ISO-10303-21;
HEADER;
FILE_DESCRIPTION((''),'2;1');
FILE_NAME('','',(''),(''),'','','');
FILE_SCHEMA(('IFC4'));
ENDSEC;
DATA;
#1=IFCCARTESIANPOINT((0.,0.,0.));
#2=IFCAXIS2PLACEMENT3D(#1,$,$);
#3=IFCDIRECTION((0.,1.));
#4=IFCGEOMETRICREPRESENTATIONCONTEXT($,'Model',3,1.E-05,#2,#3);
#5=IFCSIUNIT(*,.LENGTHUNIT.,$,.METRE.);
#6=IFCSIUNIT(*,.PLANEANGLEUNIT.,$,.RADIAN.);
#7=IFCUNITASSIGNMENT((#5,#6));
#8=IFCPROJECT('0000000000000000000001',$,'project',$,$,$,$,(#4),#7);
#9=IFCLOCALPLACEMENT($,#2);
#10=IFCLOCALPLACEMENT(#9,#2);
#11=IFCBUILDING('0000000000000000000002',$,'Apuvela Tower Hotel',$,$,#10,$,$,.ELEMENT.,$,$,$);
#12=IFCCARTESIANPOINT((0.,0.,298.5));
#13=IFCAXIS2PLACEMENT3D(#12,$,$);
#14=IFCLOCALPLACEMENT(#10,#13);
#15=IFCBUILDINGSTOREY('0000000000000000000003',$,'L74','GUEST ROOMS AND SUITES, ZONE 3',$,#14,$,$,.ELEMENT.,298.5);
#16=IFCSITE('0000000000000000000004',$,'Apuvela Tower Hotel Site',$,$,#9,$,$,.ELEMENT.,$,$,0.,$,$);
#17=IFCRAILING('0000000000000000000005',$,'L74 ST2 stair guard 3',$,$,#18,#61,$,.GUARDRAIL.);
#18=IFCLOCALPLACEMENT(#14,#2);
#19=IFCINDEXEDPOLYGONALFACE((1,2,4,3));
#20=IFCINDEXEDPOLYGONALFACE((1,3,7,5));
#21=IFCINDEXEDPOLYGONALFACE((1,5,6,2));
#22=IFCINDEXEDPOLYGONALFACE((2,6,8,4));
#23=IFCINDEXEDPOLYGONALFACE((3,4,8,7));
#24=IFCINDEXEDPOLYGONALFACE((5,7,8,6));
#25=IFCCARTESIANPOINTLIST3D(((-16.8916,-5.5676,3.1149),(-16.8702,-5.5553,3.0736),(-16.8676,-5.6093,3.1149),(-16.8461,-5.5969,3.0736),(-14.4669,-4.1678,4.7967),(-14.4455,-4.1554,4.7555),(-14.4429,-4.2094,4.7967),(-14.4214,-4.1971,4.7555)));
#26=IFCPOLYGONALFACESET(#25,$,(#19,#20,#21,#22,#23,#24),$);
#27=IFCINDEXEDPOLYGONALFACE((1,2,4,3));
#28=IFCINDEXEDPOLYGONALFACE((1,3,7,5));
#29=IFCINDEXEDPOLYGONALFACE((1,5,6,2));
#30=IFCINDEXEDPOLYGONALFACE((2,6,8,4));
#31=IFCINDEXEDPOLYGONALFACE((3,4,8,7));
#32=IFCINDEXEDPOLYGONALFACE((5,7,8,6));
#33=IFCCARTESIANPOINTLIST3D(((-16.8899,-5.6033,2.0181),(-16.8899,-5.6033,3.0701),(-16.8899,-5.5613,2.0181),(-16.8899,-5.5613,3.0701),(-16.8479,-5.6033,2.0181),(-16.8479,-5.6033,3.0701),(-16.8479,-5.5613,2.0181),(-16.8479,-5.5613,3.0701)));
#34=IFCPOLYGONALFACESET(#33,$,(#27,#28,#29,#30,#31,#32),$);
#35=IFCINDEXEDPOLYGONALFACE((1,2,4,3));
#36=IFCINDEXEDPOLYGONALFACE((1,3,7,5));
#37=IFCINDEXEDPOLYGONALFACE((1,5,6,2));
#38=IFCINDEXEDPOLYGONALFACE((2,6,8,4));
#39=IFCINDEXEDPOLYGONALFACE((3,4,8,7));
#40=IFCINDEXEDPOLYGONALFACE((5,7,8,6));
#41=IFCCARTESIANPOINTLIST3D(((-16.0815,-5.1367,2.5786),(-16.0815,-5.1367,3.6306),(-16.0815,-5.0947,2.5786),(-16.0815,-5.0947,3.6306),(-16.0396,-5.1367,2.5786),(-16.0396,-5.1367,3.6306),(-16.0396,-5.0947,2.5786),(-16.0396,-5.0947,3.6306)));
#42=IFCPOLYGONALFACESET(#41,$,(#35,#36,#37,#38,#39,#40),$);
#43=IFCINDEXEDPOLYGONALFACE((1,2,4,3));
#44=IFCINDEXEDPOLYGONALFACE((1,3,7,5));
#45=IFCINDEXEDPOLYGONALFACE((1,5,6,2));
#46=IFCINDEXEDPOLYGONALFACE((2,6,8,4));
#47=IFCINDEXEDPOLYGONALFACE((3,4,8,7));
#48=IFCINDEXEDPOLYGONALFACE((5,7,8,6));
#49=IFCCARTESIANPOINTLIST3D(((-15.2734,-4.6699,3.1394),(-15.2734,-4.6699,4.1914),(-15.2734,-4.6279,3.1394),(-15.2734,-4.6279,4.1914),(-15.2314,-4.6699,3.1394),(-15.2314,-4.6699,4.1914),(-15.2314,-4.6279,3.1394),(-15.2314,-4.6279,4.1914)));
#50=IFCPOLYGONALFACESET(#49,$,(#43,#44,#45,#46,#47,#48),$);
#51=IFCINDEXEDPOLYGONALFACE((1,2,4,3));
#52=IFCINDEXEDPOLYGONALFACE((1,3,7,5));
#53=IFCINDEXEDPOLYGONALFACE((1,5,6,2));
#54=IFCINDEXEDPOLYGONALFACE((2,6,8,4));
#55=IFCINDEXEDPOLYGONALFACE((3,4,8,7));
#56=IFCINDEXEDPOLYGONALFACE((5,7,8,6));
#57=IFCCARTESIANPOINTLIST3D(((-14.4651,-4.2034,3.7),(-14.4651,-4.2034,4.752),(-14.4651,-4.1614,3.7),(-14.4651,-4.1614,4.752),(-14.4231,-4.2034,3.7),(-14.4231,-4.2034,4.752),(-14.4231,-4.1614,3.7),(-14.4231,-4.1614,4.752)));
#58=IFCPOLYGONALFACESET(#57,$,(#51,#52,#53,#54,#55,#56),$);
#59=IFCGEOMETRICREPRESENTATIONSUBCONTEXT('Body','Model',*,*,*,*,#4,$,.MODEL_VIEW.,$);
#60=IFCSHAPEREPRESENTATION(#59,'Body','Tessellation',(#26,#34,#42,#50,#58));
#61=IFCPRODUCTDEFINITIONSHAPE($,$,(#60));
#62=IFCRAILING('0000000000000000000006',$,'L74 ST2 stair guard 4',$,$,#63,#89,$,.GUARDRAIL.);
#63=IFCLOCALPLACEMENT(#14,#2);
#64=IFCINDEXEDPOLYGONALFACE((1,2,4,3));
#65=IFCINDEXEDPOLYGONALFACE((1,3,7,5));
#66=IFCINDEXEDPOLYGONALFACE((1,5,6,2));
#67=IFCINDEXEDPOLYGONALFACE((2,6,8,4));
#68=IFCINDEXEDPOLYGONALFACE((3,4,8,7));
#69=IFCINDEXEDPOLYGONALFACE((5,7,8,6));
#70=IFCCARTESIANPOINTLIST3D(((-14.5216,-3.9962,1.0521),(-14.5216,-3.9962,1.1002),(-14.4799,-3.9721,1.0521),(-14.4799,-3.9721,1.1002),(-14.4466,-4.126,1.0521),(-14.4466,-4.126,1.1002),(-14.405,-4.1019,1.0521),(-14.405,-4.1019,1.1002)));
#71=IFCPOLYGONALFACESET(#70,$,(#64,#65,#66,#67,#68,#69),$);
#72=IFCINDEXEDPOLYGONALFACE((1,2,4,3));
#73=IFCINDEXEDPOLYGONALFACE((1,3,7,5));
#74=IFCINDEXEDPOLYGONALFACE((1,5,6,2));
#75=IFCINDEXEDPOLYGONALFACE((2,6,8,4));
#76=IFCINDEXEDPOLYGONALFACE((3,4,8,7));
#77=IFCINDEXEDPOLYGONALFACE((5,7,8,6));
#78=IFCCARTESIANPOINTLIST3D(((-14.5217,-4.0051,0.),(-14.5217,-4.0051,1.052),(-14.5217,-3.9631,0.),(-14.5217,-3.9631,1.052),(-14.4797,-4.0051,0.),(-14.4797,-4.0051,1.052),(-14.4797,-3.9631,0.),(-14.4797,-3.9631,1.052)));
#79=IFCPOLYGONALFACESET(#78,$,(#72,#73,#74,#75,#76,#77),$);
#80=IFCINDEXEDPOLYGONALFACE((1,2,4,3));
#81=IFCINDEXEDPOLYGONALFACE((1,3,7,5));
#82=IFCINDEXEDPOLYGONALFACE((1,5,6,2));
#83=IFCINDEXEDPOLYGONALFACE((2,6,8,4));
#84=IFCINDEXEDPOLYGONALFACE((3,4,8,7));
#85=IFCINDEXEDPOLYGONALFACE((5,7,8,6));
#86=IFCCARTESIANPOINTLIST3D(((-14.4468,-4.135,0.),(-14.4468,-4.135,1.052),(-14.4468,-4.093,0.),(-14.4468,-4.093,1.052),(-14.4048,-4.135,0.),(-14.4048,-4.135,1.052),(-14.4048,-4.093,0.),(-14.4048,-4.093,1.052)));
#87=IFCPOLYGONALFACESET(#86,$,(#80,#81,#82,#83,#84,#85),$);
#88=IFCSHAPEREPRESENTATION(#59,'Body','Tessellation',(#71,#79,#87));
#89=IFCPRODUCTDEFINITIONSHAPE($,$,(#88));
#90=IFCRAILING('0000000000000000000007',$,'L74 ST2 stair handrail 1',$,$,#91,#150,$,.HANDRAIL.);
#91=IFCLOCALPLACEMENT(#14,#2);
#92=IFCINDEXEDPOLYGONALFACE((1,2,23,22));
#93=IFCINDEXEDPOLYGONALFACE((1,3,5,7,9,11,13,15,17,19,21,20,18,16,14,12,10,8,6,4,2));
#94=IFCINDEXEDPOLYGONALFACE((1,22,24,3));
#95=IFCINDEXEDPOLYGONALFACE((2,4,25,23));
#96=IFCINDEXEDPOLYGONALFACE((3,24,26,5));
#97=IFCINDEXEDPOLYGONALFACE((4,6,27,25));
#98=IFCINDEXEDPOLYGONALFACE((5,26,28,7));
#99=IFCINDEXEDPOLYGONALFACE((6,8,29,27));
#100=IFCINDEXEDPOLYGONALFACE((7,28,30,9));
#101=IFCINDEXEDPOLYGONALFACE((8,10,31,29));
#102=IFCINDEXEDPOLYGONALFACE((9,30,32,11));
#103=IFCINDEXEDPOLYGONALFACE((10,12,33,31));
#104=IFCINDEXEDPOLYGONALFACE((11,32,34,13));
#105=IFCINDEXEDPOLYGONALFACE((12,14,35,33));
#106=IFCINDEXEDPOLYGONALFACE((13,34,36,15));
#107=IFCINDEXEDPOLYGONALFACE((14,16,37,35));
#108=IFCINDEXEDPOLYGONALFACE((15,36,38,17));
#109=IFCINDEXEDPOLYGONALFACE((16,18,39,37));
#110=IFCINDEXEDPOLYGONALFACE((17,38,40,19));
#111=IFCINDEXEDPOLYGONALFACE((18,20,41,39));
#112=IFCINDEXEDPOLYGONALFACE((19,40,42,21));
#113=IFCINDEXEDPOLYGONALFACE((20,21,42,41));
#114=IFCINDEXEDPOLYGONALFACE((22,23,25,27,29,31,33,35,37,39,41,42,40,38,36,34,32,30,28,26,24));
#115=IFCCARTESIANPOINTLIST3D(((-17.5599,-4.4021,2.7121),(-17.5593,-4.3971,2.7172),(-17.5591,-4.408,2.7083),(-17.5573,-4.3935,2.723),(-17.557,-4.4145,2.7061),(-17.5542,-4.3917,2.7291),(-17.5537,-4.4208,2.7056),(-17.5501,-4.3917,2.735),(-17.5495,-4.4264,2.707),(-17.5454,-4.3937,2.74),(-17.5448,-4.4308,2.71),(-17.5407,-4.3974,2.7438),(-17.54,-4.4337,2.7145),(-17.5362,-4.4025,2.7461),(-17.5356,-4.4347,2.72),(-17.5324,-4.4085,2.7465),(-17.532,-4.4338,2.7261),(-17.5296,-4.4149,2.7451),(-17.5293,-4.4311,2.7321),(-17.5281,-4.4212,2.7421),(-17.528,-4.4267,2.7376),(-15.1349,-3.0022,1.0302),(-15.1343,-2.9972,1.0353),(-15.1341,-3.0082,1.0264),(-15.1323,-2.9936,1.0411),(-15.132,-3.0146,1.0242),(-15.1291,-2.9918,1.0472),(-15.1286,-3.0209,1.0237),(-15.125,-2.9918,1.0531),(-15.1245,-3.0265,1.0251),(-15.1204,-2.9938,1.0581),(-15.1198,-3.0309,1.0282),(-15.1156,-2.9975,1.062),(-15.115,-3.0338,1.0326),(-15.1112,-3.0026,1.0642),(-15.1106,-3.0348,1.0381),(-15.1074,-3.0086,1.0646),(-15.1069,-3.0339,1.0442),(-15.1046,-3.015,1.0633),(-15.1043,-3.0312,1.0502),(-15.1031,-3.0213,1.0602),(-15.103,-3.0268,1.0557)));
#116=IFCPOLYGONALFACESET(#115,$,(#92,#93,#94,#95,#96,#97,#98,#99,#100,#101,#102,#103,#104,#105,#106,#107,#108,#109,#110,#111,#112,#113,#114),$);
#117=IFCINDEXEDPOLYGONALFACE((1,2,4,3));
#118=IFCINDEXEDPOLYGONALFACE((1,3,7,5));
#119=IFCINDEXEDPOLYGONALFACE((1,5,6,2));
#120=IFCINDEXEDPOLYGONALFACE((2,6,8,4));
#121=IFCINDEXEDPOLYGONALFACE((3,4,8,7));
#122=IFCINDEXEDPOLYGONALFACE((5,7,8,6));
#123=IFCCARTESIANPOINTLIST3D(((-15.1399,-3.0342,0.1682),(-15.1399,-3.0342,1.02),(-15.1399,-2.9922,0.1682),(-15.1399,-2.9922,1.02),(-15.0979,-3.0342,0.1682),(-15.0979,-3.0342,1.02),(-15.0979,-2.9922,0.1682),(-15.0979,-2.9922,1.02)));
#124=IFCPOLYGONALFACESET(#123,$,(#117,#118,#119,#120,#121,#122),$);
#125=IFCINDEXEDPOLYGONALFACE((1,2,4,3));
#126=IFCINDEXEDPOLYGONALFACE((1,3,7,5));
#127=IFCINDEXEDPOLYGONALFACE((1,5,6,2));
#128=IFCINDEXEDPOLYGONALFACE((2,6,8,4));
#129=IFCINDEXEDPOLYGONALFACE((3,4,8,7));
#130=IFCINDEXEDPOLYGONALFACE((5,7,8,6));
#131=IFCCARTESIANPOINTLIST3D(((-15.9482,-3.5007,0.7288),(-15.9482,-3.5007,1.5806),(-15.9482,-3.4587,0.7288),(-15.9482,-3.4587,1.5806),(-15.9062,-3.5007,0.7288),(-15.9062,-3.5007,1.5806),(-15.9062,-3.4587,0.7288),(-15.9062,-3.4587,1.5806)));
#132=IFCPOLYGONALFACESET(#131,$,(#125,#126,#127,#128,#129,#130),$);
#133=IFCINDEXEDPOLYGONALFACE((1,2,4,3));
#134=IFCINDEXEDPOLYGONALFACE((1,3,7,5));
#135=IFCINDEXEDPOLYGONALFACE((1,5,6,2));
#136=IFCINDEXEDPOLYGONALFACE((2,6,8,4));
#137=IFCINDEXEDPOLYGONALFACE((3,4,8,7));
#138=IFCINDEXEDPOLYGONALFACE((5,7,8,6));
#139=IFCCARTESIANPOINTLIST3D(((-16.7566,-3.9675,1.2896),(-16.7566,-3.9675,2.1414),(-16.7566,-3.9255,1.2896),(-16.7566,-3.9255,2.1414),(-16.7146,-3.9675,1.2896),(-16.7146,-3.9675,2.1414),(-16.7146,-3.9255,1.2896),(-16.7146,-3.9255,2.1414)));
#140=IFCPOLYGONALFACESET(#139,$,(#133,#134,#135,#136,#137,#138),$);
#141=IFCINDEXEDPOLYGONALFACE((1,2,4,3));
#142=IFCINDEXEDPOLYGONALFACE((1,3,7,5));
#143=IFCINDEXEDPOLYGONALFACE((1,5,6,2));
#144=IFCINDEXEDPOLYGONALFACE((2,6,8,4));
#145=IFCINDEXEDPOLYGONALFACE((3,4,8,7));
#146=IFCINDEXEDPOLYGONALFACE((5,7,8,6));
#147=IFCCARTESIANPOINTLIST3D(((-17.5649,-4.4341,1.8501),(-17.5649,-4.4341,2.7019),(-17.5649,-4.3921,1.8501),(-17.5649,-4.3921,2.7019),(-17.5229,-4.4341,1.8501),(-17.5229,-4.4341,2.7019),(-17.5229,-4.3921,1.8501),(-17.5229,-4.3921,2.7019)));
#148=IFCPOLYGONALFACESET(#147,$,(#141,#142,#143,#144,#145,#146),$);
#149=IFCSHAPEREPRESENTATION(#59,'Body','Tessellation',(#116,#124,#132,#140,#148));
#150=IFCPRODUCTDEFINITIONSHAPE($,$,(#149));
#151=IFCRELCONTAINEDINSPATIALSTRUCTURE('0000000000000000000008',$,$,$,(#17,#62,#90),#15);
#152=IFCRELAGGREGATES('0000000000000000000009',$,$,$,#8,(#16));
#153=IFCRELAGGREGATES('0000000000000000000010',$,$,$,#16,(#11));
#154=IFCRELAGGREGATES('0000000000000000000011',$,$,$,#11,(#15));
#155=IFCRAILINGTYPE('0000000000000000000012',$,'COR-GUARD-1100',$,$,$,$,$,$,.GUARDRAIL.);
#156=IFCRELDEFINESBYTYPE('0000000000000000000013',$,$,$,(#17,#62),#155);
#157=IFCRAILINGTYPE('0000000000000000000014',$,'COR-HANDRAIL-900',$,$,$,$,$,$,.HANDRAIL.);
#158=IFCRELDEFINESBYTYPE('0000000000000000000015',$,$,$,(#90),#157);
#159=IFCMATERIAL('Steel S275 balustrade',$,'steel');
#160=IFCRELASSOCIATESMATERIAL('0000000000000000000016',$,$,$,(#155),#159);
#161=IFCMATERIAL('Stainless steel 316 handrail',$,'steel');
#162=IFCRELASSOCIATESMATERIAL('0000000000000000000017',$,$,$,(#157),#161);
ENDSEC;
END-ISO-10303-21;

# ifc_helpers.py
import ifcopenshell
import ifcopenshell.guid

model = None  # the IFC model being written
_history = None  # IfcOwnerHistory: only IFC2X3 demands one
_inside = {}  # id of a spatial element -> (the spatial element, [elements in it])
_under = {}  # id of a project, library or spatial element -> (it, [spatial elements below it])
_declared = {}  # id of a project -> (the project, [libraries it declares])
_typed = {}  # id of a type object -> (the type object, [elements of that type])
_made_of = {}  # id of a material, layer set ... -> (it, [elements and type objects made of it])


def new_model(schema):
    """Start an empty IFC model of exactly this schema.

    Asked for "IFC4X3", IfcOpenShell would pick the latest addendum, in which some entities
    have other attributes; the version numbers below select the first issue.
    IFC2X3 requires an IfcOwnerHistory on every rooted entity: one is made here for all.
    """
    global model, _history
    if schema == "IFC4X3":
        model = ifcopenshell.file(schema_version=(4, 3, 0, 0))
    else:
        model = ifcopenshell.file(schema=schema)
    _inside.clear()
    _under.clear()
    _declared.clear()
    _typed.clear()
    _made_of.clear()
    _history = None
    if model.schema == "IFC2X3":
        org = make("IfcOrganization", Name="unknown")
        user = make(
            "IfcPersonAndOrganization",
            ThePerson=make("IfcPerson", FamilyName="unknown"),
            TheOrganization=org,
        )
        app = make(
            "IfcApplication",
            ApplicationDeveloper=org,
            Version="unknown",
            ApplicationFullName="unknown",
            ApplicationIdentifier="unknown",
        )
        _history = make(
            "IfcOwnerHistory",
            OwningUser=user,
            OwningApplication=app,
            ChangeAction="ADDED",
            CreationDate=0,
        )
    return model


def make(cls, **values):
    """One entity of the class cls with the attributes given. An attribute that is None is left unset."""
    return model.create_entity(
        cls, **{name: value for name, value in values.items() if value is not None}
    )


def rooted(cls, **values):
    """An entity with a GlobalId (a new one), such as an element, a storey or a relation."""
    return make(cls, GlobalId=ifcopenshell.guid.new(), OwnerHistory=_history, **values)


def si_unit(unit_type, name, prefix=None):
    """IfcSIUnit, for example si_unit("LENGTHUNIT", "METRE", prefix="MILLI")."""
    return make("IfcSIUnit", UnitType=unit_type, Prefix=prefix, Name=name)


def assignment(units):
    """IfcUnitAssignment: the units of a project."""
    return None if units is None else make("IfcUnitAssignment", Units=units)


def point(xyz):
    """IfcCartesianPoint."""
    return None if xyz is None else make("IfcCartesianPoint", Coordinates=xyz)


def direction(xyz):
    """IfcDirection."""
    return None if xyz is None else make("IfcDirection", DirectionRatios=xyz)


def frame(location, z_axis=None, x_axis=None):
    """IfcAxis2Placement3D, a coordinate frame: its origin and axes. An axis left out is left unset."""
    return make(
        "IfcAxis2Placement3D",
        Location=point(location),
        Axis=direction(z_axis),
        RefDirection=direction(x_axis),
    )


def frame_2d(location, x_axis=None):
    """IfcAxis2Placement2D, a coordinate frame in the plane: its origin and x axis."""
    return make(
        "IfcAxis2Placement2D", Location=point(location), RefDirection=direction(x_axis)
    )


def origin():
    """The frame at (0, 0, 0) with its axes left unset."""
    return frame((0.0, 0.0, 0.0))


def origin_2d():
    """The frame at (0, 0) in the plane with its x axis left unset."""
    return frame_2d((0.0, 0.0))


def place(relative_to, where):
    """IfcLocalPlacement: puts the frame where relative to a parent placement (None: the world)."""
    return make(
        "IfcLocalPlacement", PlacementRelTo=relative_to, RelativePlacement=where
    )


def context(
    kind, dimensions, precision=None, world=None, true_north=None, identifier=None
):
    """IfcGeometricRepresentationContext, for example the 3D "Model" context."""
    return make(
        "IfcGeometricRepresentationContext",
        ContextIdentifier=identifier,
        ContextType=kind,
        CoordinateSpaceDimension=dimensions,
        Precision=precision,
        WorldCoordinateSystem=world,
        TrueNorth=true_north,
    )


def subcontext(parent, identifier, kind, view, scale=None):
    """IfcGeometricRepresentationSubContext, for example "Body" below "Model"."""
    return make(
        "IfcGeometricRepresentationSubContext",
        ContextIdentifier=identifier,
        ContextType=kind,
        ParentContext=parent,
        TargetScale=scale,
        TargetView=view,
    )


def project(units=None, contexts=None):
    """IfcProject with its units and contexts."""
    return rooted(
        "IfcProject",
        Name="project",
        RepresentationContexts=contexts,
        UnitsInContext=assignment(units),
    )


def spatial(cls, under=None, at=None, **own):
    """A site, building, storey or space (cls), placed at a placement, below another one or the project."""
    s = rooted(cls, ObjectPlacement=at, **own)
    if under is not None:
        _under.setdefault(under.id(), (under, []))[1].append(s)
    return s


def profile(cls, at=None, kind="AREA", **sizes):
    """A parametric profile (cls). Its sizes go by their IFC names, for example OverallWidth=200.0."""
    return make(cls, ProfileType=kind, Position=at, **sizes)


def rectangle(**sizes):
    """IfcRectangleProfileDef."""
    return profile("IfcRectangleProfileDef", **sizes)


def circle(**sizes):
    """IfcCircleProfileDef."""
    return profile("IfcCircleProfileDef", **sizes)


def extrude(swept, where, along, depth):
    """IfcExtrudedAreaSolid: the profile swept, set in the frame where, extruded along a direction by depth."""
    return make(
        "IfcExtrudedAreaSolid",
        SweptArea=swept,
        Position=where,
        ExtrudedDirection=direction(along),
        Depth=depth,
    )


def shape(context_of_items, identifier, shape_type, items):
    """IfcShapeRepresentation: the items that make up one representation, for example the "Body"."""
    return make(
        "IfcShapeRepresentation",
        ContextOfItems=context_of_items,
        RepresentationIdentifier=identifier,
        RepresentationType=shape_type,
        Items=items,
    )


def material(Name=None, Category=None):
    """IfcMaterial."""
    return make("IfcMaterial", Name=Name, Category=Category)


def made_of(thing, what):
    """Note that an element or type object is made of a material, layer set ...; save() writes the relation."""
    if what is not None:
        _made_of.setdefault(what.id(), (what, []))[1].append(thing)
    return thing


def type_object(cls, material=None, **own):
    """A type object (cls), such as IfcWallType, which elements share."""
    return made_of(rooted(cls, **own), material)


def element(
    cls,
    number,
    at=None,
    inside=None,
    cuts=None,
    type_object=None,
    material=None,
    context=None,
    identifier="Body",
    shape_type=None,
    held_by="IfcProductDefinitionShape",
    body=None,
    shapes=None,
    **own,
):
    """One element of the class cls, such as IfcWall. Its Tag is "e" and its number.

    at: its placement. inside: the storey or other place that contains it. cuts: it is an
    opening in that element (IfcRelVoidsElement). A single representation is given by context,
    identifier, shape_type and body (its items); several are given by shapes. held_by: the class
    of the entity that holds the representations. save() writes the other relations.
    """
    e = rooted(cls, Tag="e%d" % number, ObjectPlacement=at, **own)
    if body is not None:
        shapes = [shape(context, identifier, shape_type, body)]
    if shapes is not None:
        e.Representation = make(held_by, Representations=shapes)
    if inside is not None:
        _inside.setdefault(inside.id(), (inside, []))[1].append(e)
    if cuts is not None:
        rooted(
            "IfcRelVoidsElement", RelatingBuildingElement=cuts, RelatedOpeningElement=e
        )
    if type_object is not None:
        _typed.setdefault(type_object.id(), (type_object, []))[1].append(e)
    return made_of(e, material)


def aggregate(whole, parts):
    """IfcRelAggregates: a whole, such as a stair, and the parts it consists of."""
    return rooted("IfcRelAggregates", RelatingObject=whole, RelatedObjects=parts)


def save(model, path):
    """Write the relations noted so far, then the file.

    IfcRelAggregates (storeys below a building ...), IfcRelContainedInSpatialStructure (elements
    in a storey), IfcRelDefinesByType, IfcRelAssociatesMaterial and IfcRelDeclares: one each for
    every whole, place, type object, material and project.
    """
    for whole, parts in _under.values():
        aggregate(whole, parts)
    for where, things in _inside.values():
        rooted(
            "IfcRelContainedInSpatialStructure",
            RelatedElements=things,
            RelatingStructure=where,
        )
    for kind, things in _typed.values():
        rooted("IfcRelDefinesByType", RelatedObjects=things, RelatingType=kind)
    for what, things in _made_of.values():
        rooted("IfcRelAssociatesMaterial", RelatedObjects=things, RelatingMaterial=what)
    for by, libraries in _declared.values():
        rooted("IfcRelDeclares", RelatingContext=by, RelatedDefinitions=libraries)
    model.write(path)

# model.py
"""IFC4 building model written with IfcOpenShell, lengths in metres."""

from ifc_helpers import new_model, si_unit, direction, frame, origin, origin_2d, place, context, subcontext, project, spatial, rectangle, circle, extrude, material, type_object, element, save


model = new_model("IFC4")

# Units and contexts
model_context = context("Model", 3, precision=1e-05, world=origin(), true_north=direction((0.0, 1.0)))
body_context = subcontext(model_context, "Body", "Model", "MODEL_VIEW")
ifc_project = project(units=[si_unit("LENGTHUNIT", "METRE"), si_unit("PLANEANGLEUNIT", "RADIAN")], contexts=[model_context])

# Site, building, storey
site_placement = place(None, origin())
site = spatial("IfcSite", under=ifc_project, at=site_placement, Name="Apuvela Tower Hotel Site", CompositionType="ELEMENT", RefElevation=0.0)
building_placement = place(site_placement, origin())
building = spatial("IfcBuilding", under=site, at=building_placement, Name="Apuvela Tower Hotel", CompositionType="ELEMENT")
storey_placement = place(building_placement, frame((0.0, 0.0, 298.5)))
storey = spatial("IfcBuildingStorey", under=building, at=storey_placement, Name="L74", Description="GUEST ROOMS AND SUITES, ZONE 3", CompositionType="ELEMENT", Elevation=298.5)

# Railings
ifc_material_1 = material(Name="Steel S275 balustrade", Category="steel")
railing_type_1 = type_object("IfcRailingType", Name="COR-GUARD-1100", PredefinedType="GUARDRAIL", material=ifc_material_1)
railing_1_placement = place(storey_placement, frame((-16.8689, -5.5823, 2.0181)))
element("IfcRailing", 1, at=railing_1_placement, inside=storey, type_object=railing_type_1, Name="L74 ST2 stair guard 3", PredefinedType="GUARDRAIL", context=body_context, shape_type="SweptSolid", body=[
    extrude(rectangle(XDim=0.0481, YDim=0.0481, at=origin_2d()), frame((0.0, 0.0, 1.0762), z_axis=(0.74239, 0.428601, 0.514934), x_axis=(-0.499984, 0.866035, 0.0)), (0.0, 0.0, 1.0), 3.2661),
    extrude(rectangle(XDim=0.042, YDim=0.042, at=origin_2d()), origin(), (0.0, 0.0, 1.0), 1.052),
    extrude(rectangle(XDim=0.042, YDim=0.042, at=origin_2d()), frame((0.8083, 0.4666, 0.5605)), (0.0, 0.0, 1.0), 1.052),
    extrude(rectangle(XDim=0.042, YDim=0.042, at=origin_2d()), frame((1.6165, 0.9333, 1.1213)), (0.0, 0.0, 1.0), 1.052),
    extrude(rectangle(XDim=0.042, YDim=0.042, at=origin_2d()), frame((2.4248, 1.3999, 1.6819)), (0.0, 0.0, 1.0), 1.052),
])
railing_2_placement = place(storey_placement, frame((-14.5007, -3.9841, 0.0)))
element("IfcRailing", 2, at=railing_2_placement, inside=storey, type_object=railing_type_1, Name="L74 ST2 stair guard 4", PredefinedType="GUARDRAIL", context=body_context, shape_type="SweptSolid", body=[
    extrude(rectangle(XDim=0.0481, YDim=0.0481, at=origin_2d()), frame((0.0, 0.0, 1.0762), z_axis=(0.499816, -0.866131, 0.0), x_axis=(0.866131, 0.499816, 0.0)), (0.0, 0.0, 1.0), 0.1499),
    extrude(rectangle(XDim=0.042, YDim=0.042, at=origin_2d()), origin(), (0.0, 0.0, 1.0), 1.052),
    extrude(rectangle(XDim=0.042, YDim=0.042, at=origin_2d()), frame((0.075, -0.1299, 0.0)), (0.0, 0.0, 1.0), 1.052),
])
ifc_material_2 = material(Name="Stainless steel 316 handrail", Category="steel")
railing_type_2 = type_object("IfcRailingType", Name="COR-HANDRAIL-900", PredefinedType="HANDRAIL", material=ifc_material_2)
railing_3_placement = place(storey_placement, frame((-15.1189, -3.0132, 0.1682)))
element("IfcRailing", 3, at=railing_3_placement, inside=storey, type_object=railing_type_2, Name="L74 ST2 stair handrail 1", PredefinedType="HANDRAIL", context=body_context, shape_type="SweptSolid", body=[
    extrude(circle(Radius=0.0239, at=origin_2d()), frame((0.0, 0.0, 0.876), z_axis=(-0.742424, -0.428577, 0.514906), x_axis=(0.499946, -0.866056, 0.0)), (0.0, 0.0, 1.0), 3.2664),
    extrude(rectangle(XDim=0.042, YDim=0.042, at=origin_2d()), origin(), (0.0, 0.0, 1.0), 0.8518),
    extrude(rectangle(XDim=0.042, YDim=0.042, at=origin_2d()), frame((-0.8083, -0.4666, 0.5605)), (0.0, 0.0, 1.0), 0.8518),
    extrude(rectangle(XDim=0.042, YDim=0.042, at=origin_2d()), frame((-1.6167, -0.9333, 1.1213)), (0.0, 0.0, 1.0), 0.8518),
    extrude(rectangle(XDim=0.042, YDim=0.042, at=origin_2d()), frame((-2.425, -1.3999, 1.6819)), (0.0, 0.0, 1.0), 0.8518),
])

save(model, "model.ifc")
